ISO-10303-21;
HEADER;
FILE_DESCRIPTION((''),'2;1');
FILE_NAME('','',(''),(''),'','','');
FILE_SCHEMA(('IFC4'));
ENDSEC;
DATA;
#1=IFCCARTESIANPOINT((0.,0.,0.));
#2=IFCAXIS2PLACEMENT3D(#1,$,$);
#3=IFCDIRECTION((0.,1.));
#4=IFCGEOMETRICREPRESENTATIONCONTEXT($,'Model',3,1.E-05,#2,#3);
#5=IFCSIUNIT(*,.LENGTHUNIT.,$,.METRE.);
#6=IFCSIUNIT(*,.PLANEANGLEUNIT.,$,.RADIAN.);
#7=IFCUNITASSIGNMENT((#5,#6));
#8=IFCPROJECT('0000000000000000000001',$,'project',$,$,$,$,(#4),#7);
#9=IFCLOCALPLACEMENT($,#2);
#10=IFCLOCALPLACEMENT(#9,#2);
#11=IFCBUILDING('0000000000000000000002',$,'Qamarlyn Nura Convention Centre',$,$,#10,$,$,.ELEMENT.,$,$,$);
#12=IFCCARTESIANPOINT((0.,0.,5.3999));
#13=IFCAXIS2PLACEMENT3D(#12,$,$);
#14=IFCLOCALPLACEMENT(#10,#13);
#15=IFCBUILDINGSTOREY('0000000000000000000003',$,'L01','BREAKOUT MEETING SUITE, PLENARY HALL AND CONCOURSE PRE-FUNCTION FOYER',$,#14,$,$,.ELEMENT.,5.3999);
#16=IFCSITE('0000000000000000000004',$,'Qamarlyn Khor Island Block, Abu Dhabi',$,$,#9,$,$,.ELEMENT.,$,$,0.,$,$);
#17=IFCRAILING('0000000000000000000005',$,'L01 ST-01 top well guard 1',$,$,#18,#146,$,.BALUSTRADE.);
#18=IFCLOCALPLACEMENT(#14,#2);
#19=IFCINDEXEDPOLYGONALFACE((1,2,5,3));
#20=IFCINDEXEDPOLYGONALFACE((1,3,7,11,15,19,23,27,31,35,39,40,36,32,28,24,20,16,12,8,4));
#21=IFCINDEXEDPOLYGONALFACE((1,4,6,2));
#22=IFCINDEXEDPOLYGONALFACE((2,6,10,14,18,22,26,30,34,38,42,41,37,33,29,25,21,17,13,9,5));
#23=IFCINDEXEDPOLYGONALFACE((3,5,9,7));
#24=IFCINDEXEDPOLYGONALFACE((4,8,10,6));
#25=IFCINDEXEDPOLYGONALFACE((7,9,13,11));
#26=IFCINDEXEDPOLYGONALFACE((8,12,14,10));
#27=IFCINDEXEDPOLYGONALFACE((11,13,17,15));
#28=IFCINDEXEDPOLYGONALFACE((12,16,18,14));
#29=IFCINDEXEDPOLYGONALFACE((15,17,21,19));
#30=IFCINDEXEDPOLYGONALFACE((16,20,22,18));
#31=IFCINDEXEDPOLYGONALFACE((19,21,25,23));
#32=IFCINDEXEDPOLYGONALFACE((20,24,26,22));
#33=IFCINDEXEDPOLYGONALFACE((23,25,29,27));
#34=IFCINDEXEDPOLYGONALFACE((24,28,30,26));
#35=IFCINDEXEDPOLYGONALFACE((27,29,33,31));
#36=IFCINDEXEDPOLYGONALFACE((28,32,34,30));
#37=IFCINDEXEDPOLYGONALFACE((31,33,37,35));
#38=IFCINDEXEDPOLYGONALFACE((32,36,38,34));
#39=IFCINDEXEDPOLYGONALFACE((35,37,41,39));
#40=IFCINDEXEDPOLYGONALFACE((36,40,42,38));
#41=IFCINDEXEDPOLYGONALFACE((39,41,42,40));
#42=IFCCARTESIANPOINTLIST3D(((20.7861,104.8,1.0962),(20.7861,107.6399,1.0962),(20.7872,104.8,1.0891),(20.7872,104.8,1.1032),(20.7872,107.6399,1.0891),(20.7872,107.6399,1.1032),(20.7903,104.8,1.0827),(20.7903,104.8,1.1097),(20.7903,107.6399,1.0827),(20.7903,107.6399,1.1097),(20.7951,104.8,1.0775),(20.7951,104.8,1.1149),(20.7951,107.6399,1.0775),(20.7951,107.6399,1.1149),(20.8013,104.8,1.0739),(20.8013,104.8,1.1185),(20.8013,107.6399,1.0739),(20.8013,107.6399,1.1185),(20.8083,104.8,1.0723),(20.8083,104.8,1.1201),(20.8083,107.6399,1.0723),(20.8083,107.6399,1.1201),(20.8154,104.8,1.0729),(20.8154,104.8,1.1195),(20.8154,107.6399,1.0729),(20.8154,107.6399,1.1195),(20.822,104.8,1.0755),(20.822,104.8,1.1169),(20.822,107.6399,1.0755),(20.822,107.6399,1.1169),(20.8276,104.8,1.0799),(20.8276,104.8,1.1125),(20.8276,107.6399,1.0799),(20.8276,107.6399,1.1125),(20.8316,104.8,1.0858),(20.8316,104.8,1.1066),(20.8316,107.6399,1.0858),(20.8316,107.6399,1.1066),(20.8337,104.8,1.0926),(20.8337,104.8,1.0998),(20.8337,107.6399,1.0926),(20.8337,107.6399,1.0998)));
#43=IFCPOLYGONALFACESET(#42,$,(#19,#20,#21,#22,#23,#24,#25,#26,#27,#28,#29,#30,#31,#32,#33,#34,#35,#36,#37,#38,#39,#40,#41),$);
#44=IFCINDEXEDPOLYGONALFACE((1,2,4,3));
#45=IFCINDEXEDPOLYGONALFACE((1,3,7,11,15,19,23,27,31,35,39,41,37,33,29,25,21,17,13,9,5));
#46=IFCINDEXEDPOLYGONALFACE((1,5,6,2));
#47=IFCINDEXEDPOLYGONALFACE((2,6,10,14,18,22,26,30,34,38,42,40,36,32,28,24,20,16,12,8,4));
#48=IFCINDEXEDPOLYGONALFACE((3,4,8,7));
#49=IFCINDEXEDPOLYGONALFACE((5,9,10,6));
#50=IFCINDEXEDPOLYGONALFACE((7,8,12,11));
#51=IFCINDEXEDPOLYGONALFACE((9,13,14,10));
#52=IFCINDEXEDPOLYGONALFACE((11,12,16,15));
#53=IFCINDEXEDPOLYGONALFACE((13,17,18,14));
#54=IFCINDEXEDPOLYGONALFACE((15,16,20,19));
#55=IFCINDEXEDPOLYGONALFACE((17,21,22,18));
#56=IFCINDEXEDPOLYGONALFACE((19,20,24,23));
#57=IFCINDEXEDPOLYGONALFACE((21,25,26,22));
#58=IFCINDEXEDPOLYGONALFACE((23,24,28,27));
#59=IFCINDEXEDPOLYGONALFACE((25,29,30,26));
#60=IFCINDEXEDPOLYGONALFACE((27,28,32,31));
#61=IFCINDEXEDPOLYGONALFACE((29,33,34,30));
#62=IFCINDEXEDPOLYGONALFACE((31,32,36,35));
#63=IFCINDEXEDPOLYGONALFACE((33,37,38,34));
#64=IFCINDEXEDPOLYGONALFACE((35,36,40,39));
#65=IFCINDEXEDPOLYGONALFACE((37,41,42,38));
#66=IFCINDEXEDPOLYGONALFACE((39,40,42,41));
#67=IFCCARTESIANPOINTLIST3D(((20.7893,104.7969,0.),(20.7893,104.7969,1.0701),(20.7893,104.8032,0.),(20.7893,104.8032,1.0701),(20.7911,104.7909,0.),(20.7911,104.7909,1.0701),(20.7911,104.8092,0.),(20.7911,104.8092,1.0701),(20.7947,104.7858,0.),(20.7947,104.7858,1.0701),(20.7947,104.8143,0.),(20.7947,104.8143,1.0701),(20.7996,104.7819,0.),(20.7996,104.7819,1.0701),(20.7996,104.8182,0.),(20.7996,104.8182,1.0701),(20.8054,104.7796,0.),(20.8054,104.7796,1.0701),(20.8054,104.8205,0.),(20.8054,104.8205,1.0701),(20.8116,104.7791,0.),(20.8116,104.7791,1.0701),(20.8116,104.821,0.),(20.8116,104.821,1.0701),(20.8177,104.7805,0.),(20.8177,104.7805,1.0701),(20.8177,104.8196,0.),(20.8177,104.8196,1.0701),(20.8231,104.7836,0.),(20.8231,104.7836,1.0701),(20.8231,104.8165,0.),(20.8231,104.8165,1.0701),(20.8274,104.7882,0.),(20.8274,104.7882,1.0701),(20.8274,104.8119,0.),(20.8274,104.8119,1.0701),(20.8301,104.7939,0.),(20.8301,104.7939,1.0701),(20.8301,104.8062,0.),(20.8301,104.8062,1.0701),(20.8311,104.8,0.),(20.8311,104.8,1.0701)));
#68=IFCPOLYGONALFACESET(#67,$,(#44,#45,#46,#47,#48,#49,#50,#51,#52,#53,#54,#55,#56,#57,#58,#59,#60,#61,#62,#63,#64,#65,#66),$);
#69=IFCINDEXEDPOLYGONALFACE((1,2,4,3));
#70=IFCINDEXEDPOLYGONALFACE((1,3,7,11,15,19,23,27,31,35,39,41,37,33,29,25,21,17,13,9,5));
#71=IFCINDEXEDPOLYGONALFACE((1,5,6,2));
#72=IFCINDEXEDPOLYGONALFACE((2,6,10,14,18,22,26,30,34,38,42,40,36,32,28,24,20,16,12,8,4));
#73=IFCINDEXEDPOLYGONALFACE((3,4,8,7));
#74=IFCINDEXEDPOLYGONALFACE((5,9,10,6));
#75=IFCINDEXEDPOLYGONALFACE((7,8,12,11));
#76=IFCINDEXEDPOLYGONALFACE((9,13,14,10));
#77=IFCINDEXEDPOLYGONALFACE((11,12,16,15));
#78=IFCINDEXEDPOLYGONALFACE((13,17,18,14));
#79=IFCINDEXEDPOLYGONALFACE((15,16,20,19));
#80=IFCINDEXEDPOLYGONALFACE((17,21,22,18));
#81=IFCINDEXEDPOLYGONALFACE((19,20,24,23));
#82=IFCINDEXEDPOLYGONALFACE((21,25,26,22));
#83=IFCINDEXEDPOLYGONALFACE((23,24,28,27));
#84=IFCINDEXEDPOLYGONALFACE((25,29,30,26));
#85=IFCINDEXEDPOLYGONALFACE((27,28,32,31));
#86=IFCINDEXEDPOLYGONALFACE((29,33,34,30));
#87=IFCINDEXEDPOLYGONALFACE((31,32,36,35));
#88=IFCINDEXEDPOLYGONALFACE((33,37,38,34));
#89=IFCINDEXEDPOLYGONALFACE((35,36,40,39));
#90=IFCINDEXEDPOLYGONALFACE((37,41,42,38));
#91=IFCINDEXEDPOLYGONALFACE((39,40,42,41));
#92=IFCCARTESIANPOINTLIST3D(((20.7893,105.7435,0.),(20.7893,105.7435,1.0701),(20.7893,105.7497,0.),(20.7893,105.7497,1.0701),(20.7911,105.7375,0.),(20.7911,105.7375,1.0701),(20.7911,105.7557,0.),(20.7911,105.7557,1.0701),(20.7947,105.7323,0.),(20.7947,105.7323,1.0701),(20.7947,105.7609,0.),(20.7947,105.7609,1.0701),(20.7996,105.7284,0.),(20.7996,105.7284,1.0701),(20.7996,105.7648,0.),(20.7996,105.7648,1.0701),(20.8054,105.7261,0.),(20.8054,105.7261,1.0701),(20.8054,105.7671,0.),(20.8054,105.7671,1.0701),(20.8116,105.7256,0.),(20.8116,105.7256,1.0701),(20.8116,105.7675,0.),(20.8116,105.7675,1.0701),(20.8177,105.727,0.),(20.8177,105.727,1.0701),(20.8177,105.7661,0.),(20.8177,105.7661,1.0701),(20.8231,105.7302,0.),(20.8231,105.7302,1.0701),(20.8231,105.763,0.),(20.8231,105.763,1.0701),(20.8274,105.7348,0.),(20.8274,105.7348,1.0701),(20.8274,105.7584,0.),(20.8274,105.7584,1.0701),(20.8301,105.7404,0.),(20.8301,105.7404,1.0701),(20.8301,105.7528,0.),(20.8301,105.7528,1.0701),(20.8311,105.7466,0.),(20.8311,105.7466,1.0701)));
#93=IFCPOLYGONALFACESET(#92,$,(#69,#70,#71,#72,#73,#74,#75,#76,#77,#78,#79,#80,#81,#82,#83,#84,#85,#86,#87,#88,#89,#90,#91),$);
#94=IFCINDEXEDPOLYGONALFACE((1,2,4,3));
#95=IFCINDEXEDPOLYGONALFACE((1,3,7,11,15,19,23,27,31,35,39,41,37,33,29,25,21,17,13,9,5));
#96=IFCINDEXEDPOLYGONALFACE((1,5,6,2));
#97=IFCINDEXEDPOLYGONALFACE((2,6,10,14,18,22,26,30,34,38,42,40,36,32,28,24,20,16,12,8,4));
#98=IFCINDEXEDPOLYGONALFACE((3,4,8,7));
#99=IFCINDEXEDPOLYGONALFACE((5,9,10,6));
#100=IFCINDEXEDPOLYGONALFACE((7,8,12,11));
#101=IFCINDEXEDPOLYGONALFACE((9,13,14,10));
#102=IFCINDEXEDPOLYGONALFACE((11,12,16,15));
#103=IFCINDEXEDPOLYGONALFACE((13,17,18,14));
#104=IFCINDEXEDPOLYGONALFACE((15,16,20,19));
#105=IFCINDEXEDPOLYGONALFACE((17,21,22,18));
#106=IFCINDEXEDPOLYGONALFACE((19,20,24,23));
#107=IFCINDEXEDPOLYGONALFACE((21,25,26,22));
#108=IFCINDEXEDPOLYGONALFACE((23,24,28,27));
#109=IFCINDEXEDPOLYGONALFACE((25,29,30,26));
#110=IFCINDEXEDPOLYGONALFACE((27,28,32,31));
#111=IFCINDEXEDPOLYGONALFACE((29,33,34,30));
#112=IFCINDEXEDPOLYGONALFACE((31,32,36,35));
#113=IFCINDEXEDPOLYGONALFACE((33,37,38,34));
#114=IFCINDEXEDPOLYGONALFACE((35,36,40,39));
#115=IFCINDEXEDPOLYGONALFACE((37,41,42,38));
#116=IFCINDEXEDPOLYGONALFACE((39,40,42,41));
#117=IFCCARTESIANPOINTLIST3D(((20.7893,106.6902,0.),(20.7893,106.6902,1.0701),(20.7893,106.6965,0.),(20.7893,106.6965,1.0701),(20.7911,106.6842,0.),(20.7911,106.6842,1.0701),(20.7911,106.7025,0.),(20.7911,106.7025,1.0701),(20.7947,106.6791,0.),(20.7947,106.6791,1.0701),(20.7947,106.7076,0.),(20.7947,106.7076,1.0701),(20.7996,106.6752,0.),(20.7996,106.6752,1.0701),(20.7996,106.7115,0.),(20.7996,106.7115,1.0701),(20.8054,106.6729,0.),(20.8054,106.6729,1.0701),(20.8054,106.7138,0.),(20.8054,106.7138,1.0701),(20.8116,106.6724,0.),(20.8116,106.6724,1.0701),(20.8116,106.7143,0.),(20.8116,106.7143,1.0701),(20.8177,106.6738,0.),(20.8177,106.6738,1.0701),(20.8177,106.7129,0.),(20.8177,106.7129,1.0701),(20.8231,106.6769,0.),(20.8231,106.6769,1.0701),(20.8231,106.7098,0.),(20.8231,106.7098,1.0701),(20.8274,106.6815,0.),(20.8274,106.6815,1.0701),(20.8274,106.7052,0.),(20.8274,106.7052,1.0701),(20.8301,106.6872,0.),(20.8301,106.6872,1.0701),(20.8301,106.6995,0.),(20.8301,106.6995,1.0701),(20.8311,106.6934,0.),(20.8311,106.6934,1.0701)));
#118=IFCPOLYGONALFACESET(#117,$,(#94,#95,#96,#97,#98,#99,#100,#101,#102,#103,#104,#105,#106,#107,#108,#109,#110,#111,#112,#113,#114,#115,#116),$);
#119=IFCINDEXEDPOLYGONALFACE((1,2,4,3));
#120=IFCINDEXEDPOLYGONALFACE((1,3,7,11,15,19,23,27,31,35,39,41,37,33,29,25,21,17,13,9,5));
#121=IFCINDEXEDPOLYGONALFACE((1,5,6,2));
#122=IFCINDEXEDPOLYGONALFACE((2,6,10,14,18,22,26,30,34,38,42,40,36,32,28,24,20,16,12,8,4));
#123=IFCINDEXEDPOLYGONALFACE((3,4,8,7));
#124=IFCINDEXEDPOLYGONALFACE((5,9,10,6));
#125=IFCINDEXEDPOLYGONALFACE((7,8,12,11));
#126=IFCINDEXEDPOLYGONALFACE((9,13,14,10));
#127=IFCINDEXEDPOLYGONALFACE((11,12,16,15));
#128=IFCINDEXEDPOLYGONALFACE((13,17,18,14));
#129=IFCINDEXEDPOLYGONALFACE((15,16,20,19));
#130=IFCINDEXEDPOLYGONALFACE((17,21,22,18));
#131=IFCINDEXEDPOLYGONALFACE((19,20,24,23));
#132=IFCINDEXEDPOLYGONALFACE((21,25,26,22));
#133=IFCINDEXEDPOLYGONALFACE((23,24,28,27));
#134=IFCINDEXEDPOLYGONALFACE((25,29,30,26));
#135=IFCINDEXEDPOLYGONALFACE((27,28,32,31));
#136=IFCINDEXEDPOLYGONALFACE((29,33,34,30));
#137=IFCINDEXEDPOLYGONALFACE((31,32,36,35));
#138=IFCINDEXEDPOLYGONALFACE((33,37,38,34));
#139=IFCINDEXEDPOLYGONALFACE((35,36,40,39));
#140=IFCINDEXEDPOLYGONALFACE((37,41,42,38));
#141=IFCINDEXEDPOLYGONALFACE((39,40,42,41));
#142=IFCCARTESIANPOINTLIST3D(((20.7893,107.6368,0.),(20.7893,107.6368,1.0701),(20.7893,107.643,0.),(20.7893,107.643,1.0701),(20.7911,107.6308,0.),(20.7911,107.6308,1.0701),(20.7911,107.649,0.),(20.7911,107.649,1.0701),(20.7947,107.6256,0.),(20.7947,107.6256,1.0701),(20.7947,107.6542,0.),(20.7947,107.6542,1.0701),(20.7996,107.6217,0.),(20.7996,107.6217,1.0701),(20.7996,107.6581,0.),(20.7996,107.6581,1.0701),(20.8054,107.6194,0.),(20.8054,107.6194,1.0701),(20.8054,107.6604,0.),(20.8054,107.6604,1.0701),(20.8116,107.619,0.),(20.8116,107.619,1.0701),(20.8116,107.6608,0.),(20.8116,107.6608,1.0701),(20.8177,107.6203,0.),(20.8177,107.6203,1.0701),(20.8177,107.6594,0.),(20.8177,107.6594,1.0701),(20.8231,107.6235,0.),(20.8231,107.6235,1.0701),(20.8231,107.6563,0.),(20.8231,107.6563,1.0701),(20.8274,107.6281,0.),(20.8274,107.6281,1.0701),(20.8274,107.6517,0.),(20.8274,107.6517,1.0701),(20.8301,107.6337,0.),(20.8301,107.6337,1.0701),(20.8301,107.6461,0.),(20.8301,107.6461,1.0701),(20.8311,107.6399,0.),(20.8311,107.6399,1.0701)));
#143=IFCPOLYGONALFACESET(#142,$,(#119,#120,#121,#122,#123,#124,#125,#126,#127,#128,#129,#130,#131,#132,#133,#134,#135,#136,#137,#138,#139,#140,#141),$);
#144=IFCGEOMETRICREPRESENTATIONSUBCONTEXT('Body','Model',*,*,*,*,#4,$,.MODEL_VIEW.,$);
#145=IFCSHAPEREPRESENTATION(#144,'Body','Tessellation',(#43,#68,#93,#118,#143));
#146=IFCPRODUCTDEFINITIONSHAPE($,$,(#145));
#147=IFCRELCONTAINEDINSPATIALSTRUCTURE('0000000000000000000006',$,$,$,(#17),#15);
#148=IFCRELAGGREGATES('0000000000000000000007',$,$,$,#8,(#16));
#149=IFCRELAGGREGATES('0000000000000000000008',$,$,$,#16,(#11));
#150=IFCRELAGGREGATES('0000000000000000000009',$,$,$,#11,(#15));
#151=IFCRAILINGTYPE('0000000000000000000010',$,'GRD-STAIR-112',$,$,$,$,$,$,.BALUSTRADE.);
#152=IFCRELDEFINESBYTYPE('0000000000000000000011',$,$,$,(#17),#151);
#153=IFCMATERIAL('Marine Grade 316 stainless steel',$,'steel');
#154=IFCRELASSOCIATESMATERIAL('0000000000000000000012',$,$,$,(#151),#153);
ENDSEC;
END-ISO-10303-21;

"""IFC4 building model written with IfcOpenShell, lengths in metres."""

from ifc_helpers import new_model, si_unit, direction, frame, origin, origin_2d, place, context, subcontext, project, spatial, circle, extrude, material, type_object, element, save


model = new_model("IFC4")

# Units and contexts
model_context = context("Model", 3, precision=1e-05, world=origin(), true_north=direction((0.0, 1.0)))
body_context = subcontext(model_context, "Body", "Model", "MODEL_VIEW")
ifc_project = project(units=[si_unit("LENGTHUNIT", "METRE"), si_unit("PLANEANGLEUNIT", "RADIAN")], contexts=[model_context])

# Site, building, storey
site_placement = place(None, origin())
site = spatial("IfcSite", under=ifc_project, at=site_placement, Name="Qamarlyn Khor Island Block, Abu Dhabi", CompositionType="ELEMENT", RefElevation=0.0)
building_placement = place(site_placement, origin())
building = spatial("IfcBuilding", under=site, at=building_placement, Name="Qamarlyn Nura Convention Centre", CompositionType="ELEMENT")
storey_placement = place(building_placement, frame((0.0, 0.0, 5.3999)))
storey = spatial("IfcBuildingStorey", under=building, at=storey_placement, Name="L01", Description="BREAKOUT MEETING SUITE, PLENARY HALL AND CONCOURSE PRE-FUNCTION FOYER", CompositionType="ELEMENT", Elevation=5.3999)

# Railing
ifc_material_1 = material(Name="Marine Grade 316 stainless steel", Category="steel")
railing_type = type_object("IfcRailingType", Name="GRD-STAIR-112", PredefinedType="BALUSTRADE", material=ifc_material_1)
railing_placement = place(storey_placement, frame((20.8101, 104.8, 0.0)))
element("IfcRailing", 1, at=railing_placement, inside=storey, type_object=railing_type, Name="L01 ST-01 top well guard 1", PredefinedType="BALUSTRADE", context=body_context, shape_type="SweptSolid", body=[
    extrude(circle(Radius=0.0239, at=origin_2d()), frame((0.0, 0.0, 1.0962), z_axis=(0.0, 1.0, 0.0), x_axis=(-1.0, 0.0, 0.0)), (0.0, 0.0, 1.0), 2.8398),
    extrude(circle(Radius=0.021, at=origin_2d()), origin(), (0.0, 0.0, 1.0), 1.0701),
    extrude(circle(Radius=0.021, at=origin_2d()), frame((0.0, 0.9465, 0.0)), (0.0, 0.0, 1.0), 1.0701),
    extrude(circle(Radius=0.021, at=origin_2d()), frame((0.0, 1.8933, 0.0)), (0.0, 0.0, 1.0), 1.0701),
    extrude(circle(Radius=0.021, at=origin_2d()), frame((0.0, 2.8398, 0.0)), (0.0, 0.0, 1.0), 1.0701),
])

save(model, "model.ifc")
